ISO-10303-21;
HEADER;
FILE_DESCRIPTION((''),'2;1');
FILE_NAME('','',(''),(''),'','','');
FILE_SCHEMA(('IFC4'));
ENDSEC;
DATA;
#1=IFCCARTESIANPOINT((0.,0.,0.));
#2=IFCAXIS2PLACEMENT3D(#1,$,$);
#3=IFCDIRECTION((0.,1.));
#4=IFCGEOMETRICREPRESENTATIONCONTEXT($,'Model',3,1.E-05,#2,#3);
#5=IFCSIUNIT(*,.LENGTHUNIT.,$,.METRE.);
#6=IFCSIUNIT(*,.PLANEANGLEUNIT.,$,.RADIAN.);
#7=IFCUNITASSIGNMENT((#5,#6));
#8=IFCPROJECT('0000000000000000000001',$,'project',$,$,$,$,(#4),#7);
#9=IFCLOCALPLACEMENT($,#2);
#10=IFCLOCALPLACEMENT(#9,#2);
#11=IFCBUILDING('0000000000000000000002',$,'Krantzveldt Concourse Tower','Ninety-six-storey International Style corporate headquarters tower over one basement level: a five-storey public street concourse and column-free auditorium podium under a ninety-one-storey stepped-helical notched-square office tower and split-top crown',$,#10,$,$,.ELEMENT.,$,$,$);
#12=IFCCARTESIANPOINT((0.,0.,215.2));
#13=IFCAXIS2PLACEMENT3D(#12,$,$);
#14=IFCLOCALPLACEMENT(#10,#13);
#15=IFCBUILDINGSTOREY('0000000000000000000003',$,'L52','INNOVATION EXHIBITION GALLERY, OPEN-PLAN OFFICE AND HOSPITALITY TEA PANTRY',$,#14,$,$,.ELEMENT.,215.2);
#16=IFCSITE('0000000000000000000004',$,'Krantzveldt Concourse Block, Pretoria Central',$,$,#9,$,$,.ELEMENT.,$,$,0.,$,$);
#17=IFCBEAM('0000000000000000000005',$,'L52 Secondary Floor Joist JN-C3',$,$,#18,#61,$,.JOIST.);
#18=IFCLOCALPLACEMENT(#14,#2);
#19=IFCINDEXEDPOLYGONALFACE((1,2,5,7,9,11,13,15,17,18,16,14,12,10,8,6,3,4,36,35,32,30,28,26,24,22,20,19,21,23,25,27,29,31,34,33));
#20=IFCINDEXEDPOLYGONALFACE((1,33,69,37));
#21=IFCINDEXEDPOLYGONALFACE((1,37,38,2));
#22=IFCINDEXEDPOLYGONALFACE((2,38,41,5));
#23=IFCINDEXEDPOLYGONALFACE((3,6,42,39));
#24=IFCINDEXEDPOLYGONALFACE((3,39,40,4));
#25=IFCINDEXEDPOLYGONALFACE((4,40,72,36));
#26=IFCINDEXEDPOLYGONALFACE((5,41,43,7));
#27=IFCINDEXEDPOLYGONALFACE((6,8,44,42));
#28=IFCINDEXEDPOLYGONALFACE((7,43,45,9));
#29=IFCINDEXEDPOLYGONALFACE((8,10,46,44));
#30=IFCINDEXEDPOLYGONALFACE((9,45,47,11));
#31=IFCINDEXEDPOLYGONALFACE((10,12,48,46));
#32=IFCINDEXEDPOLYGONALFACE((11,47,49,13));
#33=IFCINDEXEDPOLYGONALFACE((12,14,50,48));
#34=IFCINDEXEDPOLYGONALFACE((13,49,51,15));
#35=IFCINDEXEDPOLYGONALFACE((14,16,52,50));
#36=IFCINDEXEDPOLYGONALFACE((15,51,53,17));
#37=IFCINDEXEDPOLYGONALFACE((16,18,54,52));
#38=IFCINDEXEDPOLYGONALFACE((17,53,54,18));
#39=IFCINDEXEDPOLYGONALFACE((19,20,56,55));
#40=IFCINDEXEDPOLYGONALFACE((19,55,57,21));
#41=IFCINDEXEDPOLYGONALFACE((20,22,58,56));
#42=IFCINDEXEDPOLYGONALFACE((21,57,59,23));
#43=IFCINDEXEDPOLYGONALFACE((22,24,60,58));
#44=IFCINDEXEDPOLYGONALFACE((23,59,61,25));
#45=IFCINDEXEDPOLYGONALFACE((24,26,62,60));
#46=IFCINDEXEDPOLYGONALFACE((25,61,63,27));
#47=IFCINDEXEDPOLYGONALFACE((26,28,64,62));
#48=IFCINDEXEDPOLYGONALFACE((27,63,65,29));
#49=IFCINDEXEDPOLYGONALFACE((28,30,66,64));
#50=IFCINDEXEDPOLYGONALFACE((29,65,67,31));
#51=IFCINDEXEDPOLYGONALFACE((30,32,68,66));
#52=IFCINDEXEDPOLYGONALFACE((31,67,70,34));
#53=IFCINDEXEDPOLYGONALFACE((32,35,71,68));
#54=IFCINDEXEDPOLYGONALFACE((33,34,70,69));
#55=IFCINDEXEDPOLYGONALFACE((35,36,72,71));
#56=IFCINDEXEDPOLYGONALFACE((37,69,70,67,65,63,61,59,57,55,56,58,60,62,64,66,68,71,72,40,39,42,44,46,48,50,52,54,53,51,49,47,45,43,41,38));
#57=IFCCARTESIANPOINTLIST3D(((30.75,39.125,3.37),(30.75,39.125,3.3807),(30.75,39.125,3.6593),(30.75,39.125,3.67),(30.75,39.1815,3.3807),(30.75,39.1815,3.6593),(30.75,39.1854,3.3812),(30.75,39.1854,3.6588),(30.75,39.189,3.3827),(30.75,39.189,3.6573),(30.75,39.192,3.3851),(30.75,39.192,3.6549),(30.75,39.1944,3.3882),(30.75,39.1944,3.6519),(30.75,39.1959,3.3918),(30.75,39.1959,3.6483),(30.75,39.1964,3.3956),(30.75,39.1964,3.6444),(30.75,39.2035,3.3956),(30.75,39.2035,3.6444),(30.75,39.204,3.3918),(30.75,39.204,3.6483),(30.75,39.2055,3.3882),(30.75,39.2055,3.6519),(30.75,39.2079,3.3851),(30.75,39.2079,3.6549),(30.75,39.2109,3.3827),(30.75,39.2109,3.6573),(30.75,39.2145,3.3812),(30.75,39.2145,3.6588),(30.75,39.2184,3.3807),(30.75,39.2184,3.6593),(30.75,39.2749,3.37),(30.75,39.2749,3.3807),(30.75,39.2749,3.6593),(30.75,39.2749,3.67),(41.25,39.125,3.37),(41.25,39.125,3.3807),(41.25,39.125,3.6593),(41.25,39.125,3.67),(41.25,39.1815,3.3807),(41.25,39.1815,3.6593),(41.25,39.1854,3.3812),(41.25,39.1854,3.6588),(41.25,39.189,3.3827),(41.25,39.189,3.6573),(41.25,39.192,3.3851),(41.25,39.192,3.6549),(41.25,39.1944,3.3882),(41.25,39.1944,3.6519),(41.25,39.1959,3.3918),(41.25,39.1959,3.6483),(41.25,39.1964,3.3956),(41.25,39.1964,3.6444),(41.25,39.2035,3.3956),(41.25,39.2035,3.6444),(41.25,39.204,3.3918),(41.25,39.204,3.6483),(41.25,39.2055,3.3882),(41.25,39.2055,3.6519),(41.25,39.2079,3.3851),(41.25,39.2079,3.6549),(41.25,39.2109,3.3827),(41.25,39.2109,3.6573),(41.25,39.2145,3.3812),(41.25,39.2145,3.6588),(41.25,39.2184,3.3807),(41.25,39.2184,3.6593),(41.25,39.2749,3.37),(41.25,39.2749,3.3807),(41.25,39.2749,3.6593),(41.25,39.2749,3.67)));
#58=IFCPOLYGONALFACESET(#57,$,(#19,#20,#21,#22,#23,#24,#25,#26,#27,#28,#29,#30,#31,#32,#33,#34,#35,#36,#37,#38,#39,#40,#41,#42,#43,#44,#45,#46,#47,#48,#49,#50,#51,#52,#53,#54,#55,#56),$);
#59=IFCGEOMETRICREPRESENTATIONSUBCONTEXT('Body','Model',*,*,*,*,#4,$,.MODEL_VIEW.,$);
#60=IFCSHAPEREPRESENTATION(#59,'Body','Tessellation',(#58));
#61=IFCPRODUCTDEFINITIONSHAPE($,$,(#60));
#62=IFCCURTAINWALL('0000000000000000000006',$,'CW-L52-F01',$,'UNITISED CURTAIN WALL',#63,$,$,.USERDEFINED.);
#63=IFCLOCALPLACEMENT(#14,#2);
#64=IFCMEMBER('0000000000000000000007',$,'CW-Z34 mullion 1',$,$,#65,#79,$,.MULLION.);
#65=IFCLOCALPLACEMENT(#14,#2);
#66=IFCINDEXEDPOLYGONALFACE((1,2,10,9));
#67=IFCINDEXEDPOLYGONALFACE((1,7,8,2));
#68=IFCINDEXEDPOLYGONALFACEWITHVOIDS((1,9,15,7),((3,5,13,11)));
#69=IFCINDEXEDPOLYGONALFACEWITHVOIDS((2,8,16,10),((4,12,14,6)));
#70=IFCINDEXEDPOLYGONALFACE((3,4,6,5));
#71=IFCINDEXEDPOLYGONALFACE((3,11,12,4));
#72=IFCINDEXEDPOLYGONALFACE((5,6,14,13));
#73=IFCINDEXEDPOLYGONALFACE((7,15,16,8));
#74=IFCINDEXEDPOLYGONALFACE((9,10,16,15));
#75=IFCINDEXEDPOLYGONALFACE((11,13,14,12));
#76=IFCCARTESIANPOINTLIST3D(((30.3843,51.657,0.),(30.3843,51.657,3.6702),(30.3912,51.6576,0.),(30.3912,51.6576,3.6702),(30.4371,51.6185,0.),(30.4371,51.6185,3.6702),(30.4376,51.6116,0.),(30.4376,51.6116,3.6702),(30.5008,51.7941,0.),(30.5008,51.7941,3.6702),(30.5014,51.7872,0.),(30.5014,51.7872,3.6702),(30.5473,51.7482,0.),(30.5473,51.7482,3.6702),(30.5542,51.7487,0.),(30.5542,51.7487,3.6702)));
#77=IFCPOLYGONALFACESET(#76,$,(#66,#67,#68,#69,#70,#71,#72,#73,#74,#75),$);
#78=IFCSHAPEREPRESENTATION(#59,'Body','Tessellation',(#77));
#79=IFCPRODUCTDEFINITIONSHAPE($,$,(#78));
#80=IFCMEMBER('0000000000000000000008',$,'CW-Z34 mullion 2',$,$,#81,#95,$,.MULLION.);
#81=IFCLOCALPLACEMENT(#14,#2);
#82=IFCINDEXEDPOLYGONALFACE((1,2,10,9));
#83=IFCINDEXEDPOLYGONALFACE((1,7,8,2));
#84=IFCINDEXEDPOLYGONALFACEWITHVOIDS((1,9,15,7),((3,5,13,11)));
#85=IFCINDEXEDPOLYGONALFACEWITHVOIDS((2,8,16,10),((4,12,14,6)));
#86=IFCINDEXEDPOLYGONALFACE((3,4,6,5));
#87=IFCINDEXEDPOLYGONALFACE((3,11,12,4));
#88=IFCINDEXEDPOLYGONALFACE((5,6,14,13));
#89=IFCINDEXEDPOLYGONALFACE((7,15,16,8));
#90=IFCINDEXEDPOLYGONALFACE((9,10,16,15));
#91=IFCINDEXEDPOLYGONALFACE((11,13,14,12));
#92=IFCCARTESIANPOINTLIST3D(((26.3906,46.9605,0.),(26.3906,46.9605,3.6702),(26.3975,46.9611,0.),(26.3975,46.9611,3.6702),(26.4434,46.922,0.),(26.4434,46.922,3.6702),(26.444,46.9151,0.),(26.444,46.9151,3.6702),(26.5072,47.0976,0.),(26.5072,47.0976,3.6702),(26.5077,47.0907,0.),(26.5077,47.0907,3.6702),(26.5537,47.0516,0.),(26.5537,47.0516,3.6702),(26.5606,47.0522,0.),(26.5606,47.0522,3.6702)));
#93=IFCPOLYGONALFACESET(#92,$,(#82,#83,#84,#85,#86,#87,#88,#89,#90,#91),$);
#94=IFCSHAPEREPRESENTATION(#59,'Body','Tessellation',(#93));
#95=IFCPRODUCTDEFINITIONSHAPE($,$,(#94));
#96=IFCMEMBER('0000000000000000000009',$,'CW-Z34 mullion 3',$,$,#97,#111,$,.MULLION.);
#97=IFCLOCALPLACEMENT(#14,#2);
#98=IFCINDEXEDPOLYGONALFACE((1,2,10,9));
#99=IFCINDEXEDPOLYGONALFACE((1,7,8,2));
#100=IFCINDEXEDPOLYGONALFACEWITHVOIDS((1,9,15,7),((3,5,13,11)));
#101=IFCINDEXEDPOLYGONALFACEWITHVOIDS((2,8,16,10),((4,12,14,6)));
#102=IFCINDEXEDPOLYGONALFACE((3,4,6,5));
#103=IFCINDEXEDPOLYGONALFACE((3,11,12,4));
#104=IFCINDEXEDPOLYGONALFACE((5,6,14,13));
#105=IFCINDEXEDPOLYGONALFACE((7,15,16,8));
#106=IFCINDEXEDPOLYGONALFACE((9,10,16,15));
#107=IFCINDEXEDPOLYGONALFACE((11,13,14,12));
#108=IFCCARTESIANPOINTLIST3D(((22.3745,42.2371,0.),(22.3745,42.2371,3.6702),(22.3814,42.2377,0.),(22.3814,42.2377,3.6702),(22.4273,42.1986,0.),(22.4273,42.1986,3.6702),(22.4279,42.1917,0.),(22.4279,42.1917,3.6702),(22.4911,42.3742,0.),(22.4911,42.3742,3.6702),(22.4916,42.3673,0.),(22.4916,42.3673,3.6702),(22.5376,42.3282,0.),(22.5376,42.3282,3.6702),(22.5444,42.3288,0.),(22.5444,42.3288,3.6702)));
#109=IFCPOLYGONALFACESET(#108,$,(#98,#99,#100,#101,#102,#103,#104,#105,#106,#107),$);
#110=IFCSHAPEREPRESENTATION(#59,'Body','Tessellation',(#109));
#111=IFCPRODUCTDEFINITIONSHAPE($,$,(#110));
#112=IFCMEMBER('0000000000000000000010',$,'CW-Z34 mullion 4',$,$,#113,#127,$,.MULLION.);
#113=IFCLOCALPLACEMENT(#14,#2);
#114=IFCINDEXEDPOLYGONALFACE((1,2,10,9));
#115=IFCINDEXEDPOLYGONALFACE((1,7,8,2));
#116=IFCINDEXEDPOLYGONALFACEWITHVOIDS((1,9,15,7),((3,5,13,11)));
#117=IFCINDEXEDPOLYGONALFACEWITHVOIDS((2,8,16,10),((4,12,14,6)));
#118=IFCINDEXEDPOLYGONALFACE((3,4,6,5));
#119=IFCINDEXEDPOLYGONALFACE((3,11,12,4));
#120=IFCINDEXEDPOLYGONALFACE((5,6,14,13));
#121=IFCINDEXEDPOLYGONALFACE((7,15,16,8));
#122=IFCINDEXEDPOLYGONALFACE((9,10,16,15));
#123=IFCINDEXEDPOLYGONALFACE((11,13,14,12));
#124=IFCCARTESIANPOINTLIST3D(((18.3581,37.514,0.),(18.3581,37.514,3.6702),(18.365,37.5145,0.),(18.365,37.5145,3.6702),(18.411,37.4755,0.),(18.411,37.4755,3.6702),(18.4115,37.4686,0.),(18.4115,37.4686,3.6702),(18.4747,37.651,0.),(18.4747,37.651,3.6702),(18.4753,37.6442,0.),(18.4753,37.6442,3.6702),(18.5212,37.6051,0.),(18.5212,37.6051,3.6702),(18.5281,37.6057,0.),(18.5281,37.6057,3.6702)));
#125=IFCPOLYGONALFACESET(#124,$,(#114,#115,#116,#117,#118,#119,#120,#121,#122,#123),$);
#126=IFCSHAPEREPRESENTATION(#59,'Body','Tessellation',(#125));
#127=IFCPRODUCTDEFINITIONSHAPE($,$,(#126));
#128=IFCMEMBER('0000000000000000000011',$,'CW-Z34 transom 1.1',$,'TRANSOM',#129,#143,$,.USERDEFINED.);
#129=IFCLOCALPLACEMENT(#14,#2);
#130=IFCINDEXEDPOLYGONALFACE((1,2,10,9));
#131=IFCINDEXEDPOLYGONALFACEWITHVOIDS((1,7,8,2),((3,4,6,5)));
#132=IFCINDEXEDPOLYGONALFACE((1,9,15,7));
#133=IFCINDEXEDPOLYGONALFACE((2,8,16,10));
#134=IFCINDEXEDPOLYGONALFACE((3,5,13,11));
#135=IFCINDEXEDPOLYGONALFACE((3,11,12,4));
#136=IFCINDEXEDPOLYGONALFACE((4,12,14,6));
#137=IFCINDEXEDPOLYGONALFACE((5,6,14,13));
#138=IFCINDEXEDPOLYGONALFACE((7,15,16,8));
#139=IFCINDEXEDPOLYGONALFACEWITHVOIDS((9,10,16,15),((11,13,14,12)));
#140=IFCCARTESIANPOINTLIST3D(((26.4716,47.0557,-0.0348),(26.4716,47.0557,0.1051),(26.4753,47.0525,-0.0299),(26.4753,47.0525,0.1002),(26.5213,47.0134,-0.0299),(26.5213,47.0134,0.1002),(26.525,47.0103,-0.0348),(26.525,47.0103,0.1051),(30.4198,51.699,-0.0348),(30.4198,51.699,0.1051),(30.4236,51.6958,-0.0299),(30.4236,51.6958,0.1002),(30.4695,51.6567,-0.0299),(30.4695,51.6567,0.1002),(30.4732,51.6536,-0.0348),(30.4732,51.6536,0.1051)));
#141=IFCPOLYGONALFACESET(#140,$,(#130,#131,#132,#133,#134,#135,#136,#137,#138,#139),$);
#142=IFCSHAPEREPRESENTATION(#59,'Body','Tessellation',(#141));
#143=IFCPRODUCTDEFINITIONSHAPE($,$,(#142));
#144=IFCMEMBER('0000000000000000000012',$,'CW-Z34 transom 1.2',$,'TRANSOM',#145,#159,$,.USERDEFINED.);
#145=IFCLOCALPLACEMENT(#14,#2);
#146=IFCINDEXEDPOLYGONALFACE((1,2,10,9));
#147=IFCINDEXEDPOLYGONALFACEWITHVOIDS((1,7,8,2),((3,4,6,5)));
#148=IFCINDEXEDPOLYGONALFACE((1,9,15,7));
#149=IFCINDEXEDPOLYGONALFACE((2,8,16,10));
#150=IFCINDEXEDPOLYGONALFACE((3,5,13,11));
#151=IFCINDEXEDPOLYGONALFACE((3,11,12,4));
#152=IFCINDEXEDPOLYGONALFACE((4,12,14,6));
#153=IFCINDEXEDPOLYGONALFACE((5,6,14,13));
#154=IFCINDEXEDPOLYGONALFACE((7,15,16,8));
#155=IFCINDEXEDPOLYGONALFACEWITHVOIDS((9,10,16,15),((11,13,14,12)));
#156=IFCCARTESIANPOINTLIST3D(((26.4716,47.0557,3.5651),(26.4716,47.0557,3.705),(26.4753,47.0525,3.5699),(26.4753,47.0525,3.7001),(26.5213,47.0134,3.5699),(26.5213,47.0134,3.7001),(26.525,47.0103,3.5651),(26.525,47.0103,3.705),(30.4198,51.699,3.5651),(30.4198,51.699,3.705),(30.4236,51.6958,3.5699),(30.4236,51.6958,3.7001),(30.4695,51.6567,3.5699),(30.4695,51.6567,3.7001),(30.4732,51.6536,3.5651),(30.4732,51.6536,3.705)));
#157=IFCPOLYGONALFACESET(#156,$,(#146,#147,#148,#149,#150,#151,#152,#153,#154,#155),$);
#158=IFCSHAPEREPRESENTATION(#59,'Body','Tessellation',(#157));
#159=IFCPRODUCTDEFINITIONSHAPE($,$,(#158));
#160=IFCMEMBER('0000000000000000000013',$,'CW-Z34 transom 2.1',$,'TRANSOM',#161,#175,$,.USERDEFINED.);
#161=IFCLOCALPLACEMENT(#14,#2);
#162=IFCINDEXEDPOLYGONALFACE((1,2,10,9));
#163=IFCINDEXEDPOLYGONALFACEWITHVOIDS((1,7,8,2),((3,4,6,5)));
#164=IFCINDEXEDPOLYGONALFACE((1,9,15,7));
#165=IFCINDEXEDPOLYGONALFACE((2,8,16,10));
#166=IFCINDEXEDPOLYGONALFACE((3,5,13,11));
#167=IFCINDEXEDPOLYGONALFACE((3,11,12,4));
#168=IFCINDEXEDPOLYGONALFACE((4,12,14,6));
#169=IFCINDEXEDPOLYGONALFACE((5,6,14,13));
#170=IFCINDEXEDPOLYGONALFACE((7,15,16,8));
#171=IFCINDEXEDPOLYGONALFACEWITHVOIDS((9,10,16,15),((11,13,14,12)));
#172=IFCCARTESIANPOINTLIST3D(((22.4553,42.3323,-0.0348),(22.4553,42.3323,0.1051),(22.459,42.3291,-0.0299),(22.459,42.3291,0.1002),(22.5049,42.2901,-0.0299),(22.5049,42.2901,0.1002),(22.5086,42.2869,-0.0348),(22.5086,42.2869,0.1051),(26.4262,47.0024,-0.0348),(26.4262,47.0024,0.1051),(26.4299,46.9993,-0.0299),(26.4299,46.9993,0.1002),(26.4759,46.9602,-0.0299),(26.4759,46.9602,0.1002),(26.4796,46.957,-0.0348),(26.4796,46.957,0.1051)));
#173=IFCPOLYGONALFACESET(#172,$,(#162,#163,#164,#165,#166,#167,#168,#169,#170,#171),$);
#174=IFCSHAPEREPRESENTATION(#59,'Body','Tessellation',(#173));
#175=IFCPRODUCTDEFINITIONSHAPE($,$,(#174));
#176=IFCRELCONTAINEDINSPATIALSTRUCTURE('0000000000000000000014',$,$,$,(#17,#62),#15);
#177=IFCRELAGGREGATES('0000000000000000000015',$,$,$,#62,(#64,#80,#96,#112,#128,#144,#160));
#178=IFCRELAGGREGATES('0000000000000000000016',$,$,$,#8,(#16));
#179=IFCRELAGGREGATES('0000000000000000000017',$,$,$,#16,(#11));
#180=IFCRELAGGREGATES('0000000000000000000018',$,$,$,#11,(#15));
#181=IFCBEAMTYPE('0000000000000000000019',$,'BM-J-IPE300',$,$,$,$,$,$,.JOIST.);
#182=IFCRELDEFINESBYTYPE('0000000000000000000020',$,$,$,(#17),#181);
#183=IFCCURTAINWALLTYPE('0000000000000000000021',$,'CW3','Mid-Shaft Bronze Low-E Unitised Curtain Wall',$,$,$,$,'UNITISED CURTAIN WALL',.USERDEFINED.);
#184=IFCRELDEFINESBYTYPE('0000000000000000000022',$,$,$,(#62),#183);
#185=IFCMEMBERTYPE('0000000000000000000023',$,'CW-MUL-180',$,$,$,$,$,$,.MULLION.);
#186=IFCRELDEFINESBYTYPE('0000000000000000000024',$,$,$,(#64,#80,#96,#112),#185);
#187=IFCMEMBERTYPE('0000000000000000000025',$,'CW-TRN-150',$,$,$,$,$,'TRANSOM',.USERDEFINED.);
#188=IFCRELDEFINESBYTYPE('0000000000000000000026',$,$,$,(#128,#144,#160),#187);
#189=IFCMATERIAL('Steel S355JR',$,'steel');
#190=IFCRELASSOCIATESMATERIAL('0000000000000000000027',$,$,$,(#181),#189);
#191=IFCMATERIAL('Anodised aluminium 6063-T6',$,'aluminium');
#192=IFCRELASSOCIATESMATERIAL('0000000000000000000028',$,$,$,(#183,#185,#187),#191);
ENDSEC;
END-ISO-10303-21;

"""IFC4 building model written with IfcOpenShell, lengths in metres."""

from ifc_helpers import new_model, si_unit, direction, frame, origin, origin_2d, place, context, subcontext, project, spatial, hollow_rectangle, i_section, extrude, source, transform, mapped, material, material_profile, profile_set, type_object, type_shapes, element, aggregate, save


model = new_model("IFC4")

# Units and contexts
model_context = context("Model", 3, precision=1e-05, world=origin(), true_north=direction((0.0, 1.0)))
body_context = subcontext(model_context, "Body", "Model", "MODEL_VIEW")
ifc_project = project(units=[si_unit("LENGTHUNIT", "METRE"), si_unit("PLANEANGLEUNIT", "RADIAN")], contexts=[model_context])

# Site, building, storey
site_placement = place(None, origin())
site = spatial("IfcSite", under=ifc_project, at=site_placement, Name="Krantzveldt Concourse Block, Pretoria Central", CompositionType="ELEMENT", RefElevation=0.0)
building_placement = place(site_placement, origin())
building = spatial("IfcBuilding", under=site, at=building_placement, Name="Krantzveldt Concourse Tower", Description="Ninety-six-storey International Style corporate headquarters tower over one basement level: a five-storey public street concourse and column-free auditorium podium under a ninety-one-storey stepped-helical notched-square office tower and split-top crown", CompositionType="ELEMENT")
storey_placement = place(building_placement, frame((0.0, 0.0, 215.2)))
storey = spatial("IfcBuildingStorey", under=building, at=storey_placement, Name="L52", Description="INNOVATION EXHIBITION GALLERY, OPEN-PLAN OFFICE AND HOSPITALITY TEA PANTRY", CompositionType="ELEMENT", Elevation=215.2)

# Beam
ifc_material_1 = material(Name="Steel S355JR", Category="steel")
ifc_material_profile_1 = material_profile(ifc_material_1, i_section(OverallWidth=0.1499, OverallDepth=0.3, WebThickness=0.0071, FlangeThickness=0.0107, FilletRadius=0.0149, at=origin_2d()), Name="Steel S355JR", Category="steel")
ifc_profile_set_1 = profile_set([ifc_material_profile_1], Name="Steel S355JR - IPE 300")
beam_type_1 = type_object("IfcBeamType", Name="BM-J-IPE300", PredefinedType="JOIST", material=ifc_profile_set_1)
shared_shape_1 = source(origin(), body_context, "Body", "SweptSolid", [
    extrude(i_section(OverallWidth=0.1499, OverallDepth=0.3, WebThickness=0.0071, FlangeThickness=0.0107, FilletRadius=0.0149, at=origin_2d()), origin(), (0.0, 0.0, 1.0), 10.5),
])
type_shapes(beam_type_1, [shared_shape_1])
beam_1_placement = place(storey_placement, frame((30.75, 39.2, 3.52), z_axis=(1.0, 0.0, 0.0), x_axis=(0.0, 1.0, 0.0)))
element("IfcBeam", 1, at=beam_1_placement, inside=storey, type_object=beam_type_1, Name="L52 Secondary Floor Joist JN-C3", PredefinedType="JOIST", context=body_context, shape_type="MappedRepresentation", body=[
    mapped(shared_shape_1, transform((0.0, 0.0, 0.0), x_axis=(1.0, 0.0, 0.0), y_axis=(0.0, 1.0, 0.0), z_axis=(0.0, 0.0, 1.0), scale=1.0)),
])

# Curtain wall, members
ifc_material_2 = material(Name="Anodised aluminium 6063-T6", Category="aluminium")
curtain_wall_type = type_object("IfcCurtainWallType", Name="CW3", Description="Mid-Shaft Bronze Low-E Unitised Curtain Wall", ElementType="UNITISED CURTAIN WALL", PredefinedType="USERDEFINED", material=ifc_material_2)
curtain_wall_placement = place(storey_placement, origin())
curtain_wall = element("IfcCurtainWall", 2, at=curtain_wall_placement, inside=storey, type_object=curtain_wall_type, Name="CW-L52-F01", ObjectType="UNITISED CURTAIN WALL", PredefinedType="USERDEFINED")
ifc_material_profile_2 = material_profile(ifc_material_2, hollow_rectangle(XDim=0.0701, YDim=0.1799, WallThickness=0.0049, at=origin_2d()), Name="Anodised aluminium 6063-T6", Category="aluminium")
ifc_profile_set_2 = profile_set([ifc_material_profile_2], Name="Anodised aluminium 6063-T6 - ALU-MULL 180x70x5")
member_type_1 = type_object("IfcMemberType", Name="CW-MUL-180", PredefinedType="MULLION", material=ifc_profile_set_2)
shared_shape_2 = source(origin(), body_context, "Body", "SweptSolid", [
    extrude(hollow_rectangle(XDim=0.0701, YDim=0.1799, WallThickness=0.0049, at=origin_2d()), origin(), (0.0, 0.0, 1.0), 3.6702),
])
type_shapes(member_type_1, [shared_shape_2])
member_1_placement = place(storey_placement, frame((30.4692, 51.7029, 0.0), z_axis=(0.0, 0.0, 1.0), x_axis=(0.761821, -0.647788, 0.0)))
member_1 = element("IfcMember", 3, at=member_1_placement, type_object=member_type_1, Name="CW-Z34 mullion 1", PredefinedType="MULLION", context=body_context, shape_type="MappedRepresentation", body=[
    mapped(shared_shape_2, transform((0.0, 0.0, 0.0), x_axis=(1.0, 0.0, 0.0), y_axis=(0.0, 1.0, 0.0), z_axis=(0.0, 0.0, 1.0), scale=1.0)),
])
member_2_placement = place(storey_placement, frame((26.4756, 47.0063, 0.0), z_axis=(0.0, 0.0, 1.0), x_axis=(0.761821, -0.647788, 0.0)))
member_2 = element("IfcMember", 4, at=member_2_placement, type_object=member_type_1, Name="CW-Z34 mullion 2", PredefinedType="MULLION", context=body_context, shape_type="MappedRepresentation", body=[
    mapped(shared_shape_2, transform((0.0, 0.0, 0.0), x_axis=(1.0, 0.0, 0.0), y_axis=(0.0, 1.0, 0.0), z_axis=(0.0, 0.0, 1.0), scale=1.0)),
])
member_3_placement = place(storey_placement, frame((22.4595, 42.283, 0.0), z_axis=(0.0, 0.0, 1.0), x_axis=(0.761821, -0.647788, 0.0)))
member_3 = element("IfcMember", 5, at=member_3_placement, type_object=member_type_1, Name="CW-Z34 mullion 3", PredefinedType="MULLION", context=body_context, shape_type="MappedRepresentation", body=[
    mapped(shared_shape_2, transform((0.0, 0.0, 0.0), x_axis=(1.0, 0.0, 0.0), y_axis=(0.0, 1.0, 0.0), z_axis=(0.0, 0.0, 1.0), scale=1.0)),
])
member_4_placement = place(storey_placement, frame((18.4431, 37.5598, 0.0), z_axis=(0.0, 0.0, 1.0), x_axis=(0.761821, -0.647788, 0.0)))
member_4 = element("IfcMember", 6, at=member_4_placement, type_object=member_type_1, Name="CW-Z34 mullion 4", PredefinedType="MULLION", context=body_context, shape_type="MappedRepresentation", body=[
    mapped(shared_shape_2, transform((0.0, 0.0, 0.0), x_axis=(1.0, 0.0, 0.0), y_axis=(0.0, 1.0, 0.0), z_axis=(0.0, 0.0, 1.0), scale=1.0)),
])
ifc_material_profile_3 = material_profile(ifc_material_2, hollow_rectangle(XDim=0.0701, YDim=0.1399, WallThickness=0.0049, at=origin_2d()), Name="Anodised aluminium 6063-T6", Category="aluminium")
ifc_profile_set_3 = profile_set([ifc_material_profile_3], Name="Anodised aluminium 6063-T6 - ALU-TRAN 140x70x5")
member_type_2 = type_object("IfcMemberType", Name="CW-TRN-150", ElementType="TRANSOM", PredefinedType="USERDEFINED", material=ifc_profile_set_3)
shared_shape_3 = source(origin(), body_context, "Body", "SweptSolid", [
    extrude(hollow_rectangle(XDim=0.0701, YDim=0.1399, WallThickness=0.0049, at=origin_2d()), origin(), (0.0, 0.0, 1.0), 6.095),
])
member_5_placement = place(storey_placement, frame((30.4465, 51.6763, 0.0352), z_axis=(-0.647784, -0.761824, 0.0), x_axis=(0.761824, -0.647784, 0.0)))
member_5 = element("IfcMember", 7, at=member_5_placement, type_object=member_type_2, Name="CW-Z34 transom 1.1", ObjectType="TRANSOM", PredefinedType="USERDEFINED", context=body_context, shape_type="MappedRepresentation", body=[
    mapped(shared_shape_3, transform((0.0, 0.0, 0.0), x_axis=(1.0, 0.0, 0.0), y_axis=(0.0, 1.0, 0.0), z_axis=(0.0, 0.0, 1.0), scale=1.0)),
])
member_6_placement = place(storey_placement, frame((30.4465, 51.6763, 3.635), z_axis=(-0.647784, -0.761824, 0.0), x_axis=(0.761824, -0.647784, 0.0)))
member_6 = element("IfcMember", 8, at=member_6_placement, type_object=member_type_2, Name="CW-Z34 transom 1.2", ObjectType="TRANSOM", PredefinedType="USERDEFINED", context=body_context, shape_type="MappedRepresentation", body=[
    mapped(shared_shape_3, transform((0.0, 0.0, 0.0), x_axis=(1.0, 0.0, 0.0), y_axis=(0.0, 1.0, 0.0), z_axis=(0.0, 0.0, 1.0), scale=1.0)),
])
shared_shape_4 = source(origin(), body_context, "Body", "SweptSolid", [
    extrude(hollow_rectangle(XDim=0.0701, YDim=0.1399, WallThickness=0.0049, at=origin_2d()), origin(), (0.0, 0.0, 1.0), 6.1301),
])
member_7_placement = place(storey_placement, frame((26.4529, 46.9797, 0.0352), z_axis=(-0.647772, -0.761834, 0.0), x_axis=(0.761834, -0.647772, 0.0)))
member_7 = element("IfcMember", 9, at=member_7_placement, type_object=member_type_2, Name="CW-Z34 transom 2.1", ObjectType="TRANSOM", PredefinedType="USERDEFINED", context=body_context, shape_type="MappedRepresentation", body=[
    mapped(shared_shape_4, transform((0.0, 0.0, 0.0), x_axis=(1.0, 0.0, 0.0), y_axis=(0.0, 1.0, 0.0), z_axis=(0.0, 0.0, 1.0), scale=1.0)),
])
aggregate(curtain_wall, [member_1, member_2, member_3, member_4, member_5, member_6, member_7])

save(model, "model.ifc")
